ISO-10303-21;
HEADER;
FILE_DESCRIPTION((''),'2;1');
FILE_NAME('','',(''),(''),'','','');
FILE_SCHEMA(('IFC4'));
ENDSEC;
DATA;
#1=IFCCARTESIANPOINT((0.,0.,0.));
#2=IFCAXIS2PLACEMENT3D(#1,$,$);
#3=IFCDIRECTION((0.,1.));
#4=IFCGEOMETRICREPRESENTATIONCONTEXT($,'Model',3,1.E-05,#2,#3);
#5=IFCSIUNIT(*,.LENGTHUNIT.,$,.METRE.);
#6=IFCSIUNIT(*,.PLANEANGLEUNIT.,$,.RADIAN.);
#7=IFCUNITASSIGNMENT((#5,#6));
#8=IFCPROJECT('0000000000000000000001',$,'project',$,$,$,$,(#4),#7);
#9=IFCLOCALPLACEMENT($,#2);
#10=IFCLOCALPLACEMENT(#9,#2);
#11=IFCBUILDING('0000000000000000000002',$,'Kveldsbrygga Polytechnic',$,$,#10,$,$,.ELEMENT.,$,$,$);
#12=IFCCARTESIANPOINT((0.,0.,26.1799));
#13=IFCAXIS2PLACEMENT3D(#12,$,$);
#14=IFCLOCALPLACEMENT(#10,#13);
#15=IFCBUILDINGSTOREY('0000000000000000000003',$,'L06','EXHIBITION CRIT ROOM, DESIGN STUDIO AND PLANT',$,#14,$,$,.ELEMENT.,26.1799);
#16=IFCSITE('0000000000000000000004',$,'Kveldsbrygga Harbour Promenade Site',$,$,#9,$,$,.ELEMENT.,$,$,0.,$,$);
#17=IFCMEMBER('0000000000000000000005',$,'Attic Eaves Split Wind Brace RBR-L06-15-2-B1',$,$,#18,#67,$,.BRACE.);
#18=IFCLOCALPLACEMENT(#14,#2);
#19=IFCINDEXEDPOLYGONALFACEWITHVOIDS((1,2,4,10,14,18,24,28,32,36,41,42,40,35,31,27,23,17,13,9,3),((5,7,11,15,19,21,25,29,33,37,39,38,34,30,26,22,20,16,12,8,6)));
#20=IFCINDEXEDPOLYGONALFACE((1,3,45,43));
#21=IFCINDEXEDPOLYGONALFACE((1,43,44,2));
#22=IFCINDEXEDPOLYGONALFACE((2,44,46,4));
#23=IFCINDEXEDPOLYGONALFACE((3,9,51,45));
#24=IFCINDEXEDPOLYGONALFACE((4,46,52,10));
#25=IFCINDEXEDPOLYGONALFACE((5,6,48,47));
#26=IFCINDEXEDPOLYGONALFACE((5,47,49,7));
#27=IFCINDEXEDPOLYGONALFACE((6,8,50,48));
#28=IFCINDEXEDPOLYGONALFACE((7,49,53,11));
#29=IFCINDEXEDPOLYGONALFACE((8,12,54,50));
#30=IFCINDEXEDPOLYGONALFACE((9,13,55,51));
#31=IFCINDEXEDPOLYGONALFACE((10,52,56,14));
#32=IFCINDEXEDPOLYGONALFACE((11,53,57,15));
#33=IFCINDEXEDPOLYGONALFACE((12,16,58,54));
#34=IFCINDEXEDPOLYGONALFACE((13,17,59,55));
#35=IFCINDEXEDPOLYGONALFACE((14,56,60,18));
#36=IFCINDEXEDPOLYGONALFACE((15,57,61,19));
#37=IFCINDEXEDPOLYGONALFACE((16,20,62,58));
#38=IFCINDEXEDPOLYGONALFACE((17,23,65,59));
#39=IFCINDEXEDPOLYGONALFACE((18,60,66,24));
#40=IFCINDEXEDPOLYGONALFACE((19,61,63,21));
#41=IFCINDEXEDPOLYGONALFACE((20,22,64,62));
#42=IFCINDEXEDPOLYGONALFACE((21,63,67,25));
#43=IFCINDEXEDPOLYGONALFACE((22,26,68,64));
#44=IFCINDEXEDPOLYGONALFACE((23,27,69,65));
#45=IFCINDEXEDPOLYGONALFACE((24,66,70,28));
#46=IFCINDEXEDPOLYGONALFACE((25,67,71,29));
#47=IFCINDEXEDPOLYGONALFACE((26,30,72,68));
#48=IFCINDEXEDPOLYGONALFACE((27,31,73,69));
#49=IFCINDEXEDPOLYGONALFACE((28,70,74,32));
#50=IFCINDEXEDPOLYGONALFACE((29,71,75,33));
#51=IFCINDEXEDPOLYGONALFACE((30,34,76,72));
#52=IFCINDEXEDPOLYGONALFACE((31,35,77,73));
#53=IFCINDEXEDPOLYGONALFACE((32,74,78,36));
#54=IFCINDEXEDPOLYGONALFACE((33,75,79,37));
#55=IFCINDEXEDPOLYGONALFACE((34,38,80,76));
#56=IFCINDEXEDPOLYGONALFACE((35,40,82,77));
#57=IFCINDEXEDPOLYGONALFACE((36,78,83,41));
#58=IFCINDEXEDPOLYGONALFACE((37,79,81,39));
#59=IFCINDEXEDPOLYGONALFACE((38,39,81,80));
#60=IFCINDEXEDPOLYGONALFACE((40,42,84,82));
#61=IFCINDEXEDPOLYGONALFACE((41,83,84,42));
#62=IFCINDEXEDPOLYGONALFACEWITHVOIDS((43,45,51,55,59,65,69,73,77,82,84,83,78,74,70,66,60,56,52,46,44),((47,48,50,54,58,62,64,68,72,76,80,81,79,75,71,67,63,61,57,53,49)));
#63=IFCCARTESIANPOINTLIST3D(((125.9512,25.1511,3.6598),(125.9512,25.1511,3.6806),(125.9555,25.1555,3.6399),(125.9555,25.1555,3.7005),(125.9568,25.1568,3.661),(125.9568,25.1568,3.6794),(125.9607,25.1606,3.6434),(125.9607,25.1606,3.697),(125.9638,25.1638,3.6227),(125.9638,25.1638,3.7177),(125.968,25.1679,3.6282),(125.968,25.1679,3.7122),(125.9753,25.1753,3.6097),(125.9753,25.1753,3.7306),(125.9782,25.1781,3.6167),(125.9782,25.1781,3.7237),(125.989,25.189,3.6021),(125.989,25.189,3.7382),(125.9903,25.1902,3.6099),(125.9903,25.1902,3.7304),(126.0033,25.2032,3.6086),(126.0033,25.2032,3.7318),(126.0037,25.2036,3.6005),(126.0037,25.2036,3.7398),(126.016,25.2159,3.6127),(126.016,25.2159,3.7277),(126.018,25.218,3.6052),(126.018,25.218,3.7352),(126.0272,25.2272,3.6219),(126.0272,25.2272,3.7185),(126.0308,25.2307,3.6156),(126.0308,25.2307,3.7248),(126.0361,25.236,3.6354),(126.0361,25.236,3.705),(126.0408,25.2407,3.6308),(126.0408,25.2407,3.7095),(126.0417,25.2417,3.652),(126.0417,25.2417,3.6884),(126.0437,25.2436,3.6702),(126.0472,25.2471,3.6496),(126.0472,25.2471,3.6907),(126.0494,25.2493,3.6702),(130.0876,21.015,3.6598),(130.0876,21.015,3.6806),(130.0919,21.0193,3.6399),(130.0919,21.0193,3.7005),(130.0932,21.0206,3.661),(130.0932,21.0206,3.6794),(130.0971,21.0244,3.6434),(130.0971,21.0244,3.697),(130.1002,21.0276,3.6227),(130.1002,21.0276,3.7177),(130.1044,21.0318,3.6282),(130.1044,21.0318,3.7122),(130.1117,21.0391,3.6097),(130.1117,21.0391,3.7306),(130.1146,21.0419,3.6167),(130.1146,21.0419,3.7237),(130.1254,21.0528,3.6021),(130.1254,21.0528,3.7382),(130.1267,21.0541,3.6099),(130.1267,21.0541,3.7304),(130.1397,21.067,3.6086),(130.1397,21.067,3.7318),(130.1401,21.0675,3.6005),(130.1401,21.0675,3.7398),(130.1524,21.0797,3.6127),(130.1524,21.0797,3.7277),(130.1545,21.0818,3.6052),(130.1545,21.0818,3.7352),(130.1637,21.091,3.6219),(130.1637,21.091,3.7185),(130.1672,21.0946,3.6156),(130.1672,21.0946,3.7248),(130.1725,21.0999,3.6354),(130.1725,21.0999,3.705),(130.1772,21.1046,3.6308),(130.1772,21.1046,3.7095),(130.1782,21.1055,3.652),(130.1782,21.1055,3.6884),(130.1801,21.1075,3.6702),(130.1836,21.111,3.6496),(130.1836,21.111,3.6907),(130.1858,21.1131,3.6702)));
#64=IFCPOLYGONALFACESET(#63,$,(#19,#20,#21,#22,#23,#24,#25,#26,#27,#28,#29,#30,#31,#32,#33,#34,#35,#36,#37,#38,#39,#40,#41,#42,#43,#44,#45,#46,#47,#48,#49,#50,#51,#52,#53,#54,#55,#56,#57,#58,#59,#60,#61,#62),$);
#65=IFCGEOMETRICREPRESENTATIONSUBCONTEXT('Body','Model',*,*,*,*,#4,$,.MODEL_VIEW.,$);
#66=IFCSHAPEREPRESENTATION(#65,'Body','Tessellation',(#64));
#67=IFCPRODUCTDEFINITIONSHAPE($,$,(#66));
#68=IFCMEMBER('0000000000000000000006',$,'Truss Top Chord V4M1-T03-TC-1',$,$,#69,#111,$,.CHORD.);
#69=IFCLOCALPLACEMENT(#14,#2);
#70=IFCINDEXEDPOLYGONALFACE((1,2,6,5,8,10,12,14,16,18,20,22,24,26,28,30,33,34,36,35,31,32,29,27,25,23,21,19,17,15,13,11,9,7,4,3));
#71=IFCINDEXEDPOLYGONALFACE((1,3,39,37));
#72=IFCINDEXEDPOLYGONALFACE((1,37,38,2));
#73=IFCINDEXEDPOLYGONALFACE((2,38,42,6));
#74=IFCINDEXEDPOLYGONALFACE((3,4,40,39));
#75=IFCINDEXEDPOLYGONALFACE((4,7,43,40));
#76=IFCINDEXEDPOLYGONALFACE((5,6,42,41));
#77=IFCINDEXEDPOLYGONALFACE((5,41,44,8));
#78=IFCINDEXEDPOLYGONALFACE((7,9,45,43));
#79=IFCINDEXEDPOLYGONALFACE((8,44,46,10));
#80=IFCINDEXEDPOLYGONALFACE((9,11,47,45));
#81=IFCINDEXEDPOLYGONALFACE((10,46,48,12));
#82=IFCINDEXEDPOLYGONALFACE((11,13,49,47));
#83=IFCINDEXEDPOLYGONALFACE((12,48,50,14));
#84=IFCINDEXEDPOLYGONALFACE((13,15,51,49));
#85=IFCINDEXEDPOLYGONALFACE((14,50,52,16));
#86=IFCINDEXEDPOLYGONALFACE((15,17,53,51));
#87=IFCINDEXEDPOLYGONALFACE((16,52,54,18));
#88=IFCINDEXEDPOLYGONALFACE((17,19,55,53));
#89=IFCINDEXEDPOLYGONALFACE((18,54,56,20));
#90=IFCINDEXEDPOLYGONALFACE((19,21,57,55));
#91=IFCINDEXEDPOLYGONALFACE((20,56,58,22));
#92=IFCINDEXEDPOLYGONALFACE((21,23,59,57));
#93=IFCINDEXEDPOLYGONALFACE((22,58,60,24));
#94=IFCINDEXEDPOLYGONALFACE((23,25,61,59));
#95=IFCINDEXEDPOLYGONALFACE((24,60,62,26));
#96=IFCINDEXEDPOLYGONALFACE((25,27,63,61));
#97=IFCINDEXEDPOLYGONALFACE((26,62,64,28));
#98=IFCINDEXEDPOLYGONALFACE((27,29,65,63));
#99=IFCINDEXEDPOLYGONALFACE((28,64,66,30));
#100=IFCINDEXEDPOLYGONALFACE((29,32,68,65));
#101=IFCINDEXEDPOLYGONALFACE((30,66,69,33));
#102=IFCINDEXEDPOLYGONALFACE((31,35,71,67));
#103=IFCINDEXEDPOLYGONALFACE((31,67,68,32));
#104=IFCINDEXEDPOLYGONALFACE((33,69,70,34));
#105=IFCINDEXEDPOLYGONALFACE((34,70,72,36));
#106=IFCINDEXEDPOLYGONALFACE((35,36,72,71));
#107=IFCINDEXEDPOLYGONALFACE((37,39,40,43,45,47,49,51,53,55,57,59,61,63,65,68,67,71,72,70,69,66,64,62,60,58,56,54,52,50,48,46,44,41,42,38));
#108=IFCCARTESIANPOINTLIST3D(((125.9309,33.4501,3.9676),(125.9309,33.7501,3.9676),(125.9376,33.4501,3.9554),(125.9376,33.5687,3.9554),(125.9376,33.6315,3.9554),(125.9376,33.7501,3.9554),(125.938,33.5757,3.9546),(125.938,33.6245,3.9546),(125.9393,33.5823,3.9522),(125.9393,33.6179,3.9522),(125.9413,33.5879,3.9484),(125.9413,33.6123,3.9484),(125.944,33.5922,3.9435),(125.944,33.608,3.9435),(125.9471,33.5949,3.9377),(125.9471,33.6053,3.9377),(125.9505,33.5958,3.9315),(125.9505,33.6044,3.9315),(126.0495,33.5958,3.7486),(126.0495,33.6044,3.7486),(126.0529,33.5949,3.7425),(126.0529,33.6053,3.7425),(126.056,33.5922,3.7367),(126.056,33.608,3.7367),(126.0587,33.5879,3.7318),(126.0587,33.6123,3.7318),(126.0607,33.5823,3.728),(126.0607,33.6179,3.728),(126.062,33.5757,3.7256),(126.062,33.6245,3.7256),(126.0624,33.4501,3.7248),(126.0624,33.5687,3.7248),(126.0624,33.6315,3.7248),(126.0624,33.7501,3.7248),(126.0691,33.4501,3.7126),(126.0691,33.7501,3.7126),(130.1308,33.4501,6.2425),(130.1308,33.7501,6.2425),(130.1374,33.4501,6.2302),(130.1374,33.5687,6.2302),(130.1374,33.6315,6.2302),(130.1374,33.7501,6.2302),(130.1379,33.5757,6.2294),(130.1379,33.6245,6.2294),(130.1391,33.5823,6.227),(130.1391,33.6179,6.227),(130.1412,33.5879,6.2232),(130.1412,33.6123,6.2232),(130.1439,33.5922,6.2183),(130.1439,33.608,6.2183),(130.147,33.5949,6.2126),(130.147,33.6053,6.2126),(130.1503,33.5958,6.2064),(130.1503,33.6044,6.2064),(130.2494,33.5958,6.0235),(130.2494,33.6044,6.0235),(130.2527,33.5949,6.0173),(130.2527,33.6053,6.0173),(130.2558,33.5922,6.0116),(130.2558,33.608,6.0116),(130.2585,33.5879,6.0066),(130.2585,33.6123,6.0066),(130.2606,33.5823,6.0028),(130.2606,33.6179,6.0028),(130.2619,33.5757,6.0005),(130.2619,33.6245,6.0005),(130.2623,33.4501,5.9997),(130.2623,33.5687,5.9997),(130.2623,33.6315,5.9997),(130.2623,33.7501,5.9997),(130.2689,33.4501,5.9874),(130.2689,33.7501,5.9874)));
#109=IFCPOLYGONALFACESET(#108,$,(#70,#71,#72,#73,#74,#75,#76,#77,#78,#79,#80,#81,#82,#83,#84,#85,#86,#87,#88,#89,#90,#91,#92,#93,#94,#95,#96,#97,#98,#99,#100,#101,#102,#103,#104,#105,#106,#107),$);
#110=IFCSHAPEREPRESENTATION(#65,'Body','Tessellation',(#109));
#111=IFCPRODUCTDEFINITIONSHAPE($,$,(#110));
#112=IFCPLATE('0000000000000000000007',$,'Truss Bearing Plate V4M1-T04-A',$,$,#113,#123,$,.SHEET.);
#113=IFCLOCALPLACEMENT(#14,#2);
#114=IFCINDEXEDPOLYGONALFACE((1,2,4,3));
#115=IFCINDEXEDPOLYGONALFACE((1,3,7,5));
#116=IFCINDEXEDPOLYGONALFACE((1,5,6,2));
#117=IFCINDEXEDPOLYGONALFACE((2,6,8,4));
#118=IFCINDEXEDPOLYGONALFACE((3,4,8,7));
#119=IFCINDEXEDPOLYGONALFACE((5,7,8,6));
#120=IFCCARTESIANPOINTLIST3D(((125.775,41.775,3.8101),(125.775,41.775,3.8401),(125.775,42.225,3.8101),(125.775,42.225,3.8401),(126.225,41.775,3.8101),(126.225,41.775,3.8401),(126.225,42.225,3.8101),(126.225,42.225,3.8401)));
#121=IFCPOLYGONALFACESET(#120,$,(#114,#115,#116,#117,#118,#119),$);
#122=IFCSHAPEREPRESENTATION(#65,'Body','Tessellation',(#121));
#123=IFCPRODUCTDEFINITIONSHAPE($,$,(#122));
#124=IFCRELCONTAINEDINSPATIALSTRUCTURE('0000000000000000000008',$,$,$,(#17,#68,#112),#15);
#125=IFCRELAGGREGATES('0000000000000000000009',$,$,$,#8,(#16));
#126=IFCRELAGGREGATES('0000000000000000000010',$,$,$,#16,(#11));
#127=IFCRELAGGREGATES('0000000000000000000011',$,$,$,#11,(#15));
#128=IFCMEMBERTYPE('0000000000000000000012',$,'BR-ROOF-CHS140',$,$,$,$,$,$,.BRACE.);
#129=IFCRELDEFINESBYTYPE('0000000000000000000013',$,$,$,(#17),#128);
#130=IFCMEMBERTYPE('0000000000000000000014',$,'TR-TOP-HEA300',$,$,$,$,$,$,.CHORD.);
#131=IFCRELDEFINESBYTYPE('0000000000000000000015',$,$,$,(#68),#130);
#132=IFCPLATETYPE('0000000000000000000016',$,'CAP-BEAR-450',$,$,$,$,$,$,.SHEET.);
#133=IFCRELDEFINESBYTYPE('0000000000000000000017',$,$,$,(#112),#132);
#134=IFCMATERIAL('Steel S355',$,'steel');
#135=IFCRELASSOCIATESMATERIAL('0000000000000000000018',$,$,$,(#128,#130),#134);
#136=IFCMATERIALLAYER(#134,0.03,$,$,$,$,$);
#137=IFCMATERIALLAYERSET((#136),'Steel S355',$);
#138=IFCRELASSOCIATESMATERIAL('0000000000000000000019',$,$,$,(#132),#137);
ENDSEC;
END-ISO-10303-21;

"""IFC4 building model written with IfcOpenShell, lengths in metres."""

from ifc_helpers import new_model, si_unit, direction, frame, origin, origin_2d, place, context, subcontext, project, spatial, rectangle, hollow_circle, i_section, extrude, material, layer, layer_set, material_profile, profile_set, type_object, element, save


model = new_model("IFC4")

# Units and contexts
model_context = context("Model", 3, precision=1e-05, world=origin(), true_north=direction((0.0, 1.0)))
body_context = subcontext(model_context, "Body", "Model", "MODEL_VIEW")
ifc_project = project(units=[si_unit("LENGTHUNIT", "METRE"), si_unit("PLANEANGLEUNIT", "RADIAN")], contexts=[model_context])

# Site, building, storey
site_placement = place(None, origin())
site = spatial("IfcSite", under=ifc_project, at=site_placement, Name="Kveldsbrygga Harbour Promenade Site", CompositionType="ELEMENT", RefElevation=0.0)
building_placement = place(site_placement, origin())
building = spatial("IfcBuilding", under=site, at=building_placement, Name="Kveldsbrygga Polytechnic", CompositionType="ELEMENT")
storey_placement = place(building_placement, frame((0.0, 0.0, 26.1799)))
storey = spatial("IfcBuildingStorey", under=building, at=storey_placement, Name="L06", Description="EXHIBITION CRIT ROOM, DESIGN STUDIO AND PLANT", CompositionType="ELEMENT", Elevation=26.1799)

# Shared definitions
ifc_material_1 = material(Name="Steel S355", Category="steel")

# Members
ifc_material_profile_1 = material_profile(ifc_material_1, hollow_circle(Radius=0.0698, WallThickness=0.0081, at=origin_2d()), Name="CHS 139.7x8.0")
ifc_profile_set_1 = profile_set([ifc_material_profile_1], Name="Steel S355")
member_type_1 = type_object("IfcMemberType", Name="BR-ROOF-CHS140", PredefinedType="BRACE", material=ifc_profile_set_1)
member_1_placement = place(storey_placement, frame((126.0, 25.2, 3.6702), z_axis=(0.707128, -0.707086, 0.0), x_axis=(0.707086, 0.707128, 0.0)))
element("IfcMember", 1, at=member_1_placement, inside=storey, type_object=member_type_1, Name="Attic Eaves Split Wind Brace RBR-L06-15-2-B1", PredefinedType="BRACE", context=body_context, shape_type="SweptSolid", body=[
    extrude(hollow_circle(Radius=0.0698, WallThickness=0.0081, at=origin_2d()), origin(), (0.0, 0.0, 1.0), 5.8496),
])
ifc_material_profile_2 = material_profile(ifc_material_1, i_section(OverallWidth=0.3, OverallDepth=0.29, WebThickness=0.0085, FlangeThickness=0.0139, FilletRadius=0.0271, at=origin_2d()), Name="HEA 300")
ifc_profile_set_2 = profile_set([ifc_material_profile_2], Name="Steel S355")
member_type_2 = type_object("IfcMemberType", Name="TR-TOP-HEA300", PredefinedType="CHORD", material=ifc_profile_set_2)
member_2_placement = place(storey_placement, frame((126.0, 33.6001, 3.8401), z_axis=(0.879298, 0.0, 0.476272), x_axis=(0.0, 1.0, 0.0)))
element("IfcMember", 2, at=member_2_placement, inside=storey, type_object=member_type_2, Name="Truss Top Chord V4M1-T03-TC-1", PredefinedType="CHORD", context=body_context, shape_type="SweptSolid", body=[
    extrude(i_section(OverallWidth=0.3, OverallDepth=0.29, WebThickness=0.0085, FlangeThickness=0.0139, FilletRadius=0.0271, at=origin_2d()), origin(), (0.0, 0.0, 1.0), 4.7764),
])

# Plate
ifc_layer_1 = layer(ifc_material_1, 0.03)
ifc_layer_set_1 = layer_set([ifc_layer_1], Name="Steel S355")
plate_type = type_object("IfcPlateType", Name="CAP-BEAR-450", PredefinedType="SHEET", material=ifc_layer_set_1)
plate_placement = place(storey_placement, frame((126.0, 42.0, 3.8101), z_axis=(0.0, 0.0, 1.0), x_axis=(1.0, 0.0, 0.0)))
element("IfcPlate", 3, at=plate_placement, inside=storey, type_object=plate_type, Name="Truss Bearing Plate V4M1-T04-A", PredefinedType="SHEET", context=body_context, shape_type="SweptSolid", body=[
    extrude(rectangle(XDim=0.45, YDim=0.45, at=origin_2d()), origin(), (0.0, 0.0, 1.0), 0.03),
])

save(model, "model.ifc")
